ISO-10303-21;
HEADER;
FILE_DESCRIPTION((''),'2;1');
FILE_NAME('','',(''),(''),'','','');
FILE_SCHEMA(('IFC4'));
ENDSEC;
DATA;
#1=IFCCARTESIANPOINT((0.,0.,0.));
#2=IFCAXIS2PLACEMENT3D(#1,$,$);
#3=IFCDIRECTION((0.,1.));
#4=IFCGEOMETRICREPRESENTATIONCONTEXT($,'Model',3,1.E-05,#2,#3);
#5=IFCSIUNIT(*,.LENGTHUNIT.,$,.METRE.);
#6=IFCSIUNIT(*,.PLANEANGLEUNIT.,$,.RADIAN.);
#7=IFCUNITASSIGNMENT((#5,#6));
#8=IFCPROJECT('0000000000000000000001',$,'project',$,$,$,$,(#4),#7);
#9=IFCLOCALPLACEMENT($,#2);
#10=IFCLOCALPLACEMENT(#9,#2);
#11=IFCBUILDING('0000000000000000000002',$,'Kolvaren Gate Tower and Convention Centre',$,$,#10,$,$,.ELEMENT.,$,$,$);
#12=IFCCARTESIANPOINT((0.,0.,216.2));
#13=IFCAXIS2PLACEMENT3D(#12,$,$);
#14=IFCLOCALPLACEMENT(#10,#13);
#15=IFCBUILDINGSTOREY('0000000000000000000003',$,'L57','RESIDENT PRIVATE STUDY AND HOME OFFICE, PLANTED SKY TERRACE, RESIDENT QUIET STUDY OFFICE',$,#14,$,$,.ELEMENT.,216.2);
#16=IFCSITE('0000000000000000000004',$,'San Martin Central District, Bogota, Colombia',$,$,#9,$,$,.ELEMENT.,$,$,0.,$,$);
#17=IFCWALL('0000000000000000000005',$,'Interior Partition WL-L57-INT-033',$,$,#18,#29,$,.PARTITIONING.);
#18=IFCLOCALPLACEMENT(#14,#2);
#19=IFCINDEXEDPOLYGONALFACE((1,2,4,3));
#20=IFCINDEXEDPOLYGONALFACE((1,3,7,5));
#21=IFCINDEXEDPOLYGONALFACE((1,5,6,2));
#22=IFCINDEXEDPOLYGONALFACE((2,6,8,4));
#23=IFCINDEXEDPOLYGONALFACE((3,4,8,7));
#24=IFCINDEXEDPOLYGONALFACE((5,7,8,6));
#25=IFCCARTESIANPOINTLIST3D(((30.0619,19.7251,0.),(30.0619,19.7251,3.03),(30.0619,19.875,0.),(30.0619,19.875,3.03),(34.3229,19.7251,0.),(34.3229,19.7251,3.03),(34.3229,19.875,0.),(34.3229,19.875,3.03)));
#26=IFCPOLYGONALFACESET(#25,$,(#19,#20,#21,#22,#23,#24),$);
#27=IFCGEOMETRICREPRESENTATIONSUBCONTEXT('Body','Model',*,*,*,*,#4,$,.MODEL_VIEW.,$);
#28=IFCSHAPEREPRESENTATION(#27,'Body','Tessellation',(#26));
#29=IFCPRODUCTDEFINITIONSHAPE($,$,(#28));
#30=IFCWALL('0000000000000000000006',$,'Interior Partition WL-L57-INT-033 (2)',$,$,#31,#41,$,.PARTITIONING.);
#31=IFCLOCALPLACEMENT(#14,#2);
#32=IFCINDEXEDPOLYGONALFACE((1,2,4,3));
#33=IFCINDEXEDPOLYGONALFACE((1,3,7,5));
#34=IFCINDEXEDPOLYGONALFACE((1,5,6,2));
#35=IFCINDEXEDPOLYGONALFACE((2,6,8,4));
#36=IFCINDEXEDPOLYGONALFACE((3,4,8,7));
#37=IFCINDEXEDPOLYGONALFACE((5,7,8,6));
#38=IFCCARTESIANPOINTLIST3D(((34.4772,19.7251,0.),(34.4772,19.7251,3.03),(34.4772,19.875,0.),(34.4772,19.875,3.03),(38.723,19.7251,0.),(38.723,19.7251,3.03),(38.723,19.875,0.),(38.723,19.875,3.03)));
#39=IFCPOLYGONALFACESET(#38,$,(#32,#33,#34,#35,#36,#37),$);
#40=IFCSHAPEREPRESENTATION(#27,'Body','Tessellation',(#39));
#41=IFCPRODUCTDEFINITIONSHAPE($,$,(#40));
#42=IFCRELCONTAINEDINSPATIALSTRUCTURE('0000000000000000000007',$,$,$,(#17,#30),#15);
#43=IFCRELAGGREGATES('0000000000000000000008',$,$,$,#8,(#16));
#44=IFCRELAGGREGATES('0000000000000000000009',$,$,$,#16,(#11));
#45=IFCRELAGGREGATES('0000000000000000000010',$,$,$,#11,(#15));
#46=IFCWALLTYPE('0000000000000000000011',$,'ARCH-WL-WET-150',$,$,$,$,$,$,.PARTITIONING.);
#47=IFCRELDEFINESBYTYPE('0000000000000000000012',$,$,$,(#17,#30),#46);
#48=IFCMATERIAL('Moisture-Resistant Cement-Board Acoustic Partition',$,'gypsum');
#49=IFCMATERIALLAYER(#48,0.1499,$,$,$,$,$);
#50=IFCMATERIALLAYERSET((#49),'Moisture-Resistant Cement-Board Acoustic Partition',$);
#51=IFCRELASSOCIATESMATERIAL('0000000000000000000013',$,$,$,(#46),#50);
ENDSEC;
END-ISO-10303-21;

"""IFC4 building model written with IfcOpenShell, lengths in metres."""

from ifc_helpers import new_model, si_unit, direction, frame, frame_2d, origin, place, context, subcontext, project, spatial, rectangle, extrude, material, layer, layer_set, type_object, element, save


model = new_model("IFC4")

# Units and contexts
model_context = context("Model", 3, precision=1e-05, world=origin(), true_north=direction((0.0, 1.0)))
body_context = subcontext(model_context, "Body", "Model", "MODEL_VIEW")
ifc_project = project(units=[si_unit("LENGTHUNIT", "METRE"), si_unit("PLANEANGLEUNIT", "RADIAN")], contexts=[model_context])

# Site, building, storey
site_placement = place(None, origin())
site = spatial("IfcSite", under=ifc_project, at=site_placement, Name="San Martin Central District, Bogota, Colombia", CompositionType="ELEMENT", RefElevation=0.0)
building_placement = place(site_placement, origin())
building = spatial("IfcBuilding", under=site, at=building_placement, Name="Kolvaren Gate Tower and Convention Centre", CompositionType="ELEMENT")
storey_placement = place(building_placement, frame((0.0, 0.0, 216.2)))
storey = spatial("IfcBuildingStorey", under=building, at=storey_placement, Name="L57", Description="RESIDENT PRIVATE STUDY AND HOME OFFICE, PLANTED SKY TERRACE, RESIDENT QUIET STUDY OFFICE", CompositionType="ELEMENT", Elevation=216.2)

# Shared definitions
ifc_material_1 = material(Name="Moisture-Resistant Cement-Board Acoustic Partition", Category="gypsum")
ifc_layer_1 = layer(ifc_material_1, 0.1499)
ifc_layer_set_1 = layer_set([ifc_layer_1], Name="Moisture-Resistant Cement-Board Acoustic Partition")
wall_type_1 = type_object("IfcWallType", Name="ARCH-WL-WET-150", PredefinedType="PARTITIONING", material=ifc_layer_set_1)

# Walls
wall_1_placement = place(storey_placement, frame((30.062, 19.8, 0.0), z_axis=(0.0, 0.0, 1.0), x_axis=(1.0, 0.0, 0.0)))
element("IfcWall", 1, at=wall_1_placement, inside=storey, type_object=wall_type_1, Name="Interior Partition WL-L57-INT-033", PredefinedType="PARTITIONING", context=body_context, shape_type="SweptSolid", body=[
    extrude(rectangle(XDim=4.261, YDim=0.1499, at=frame_2d((2.1304, 0.0))), origin(), (0.0, 0.0, 1.0), 3.03),
])
wall_2_placement = place(storey_placement, frame((34.4771, 19.8, 0.0), z_axis=(0.0, 0.0, 1.0), x_axis=(1.0, 0.0, 0.0)))
element("IfcWall", 2, at=wall_2_placement, inside=storey, type_object=wall_type_1, Name="Interior Partition WL-L57-INT-033 (2)", PredefinedType="PARTITIONING", context=body_context, shape_type="SweptSolid", body=[
    extrude(rectangle(XDim=4.2458, YDim=0.1499, at=frame_2d((2.123, 0.0))), origin(), (0.0, 0.0, 1.0), 3.03),
])

save(model, "model.ifc")
